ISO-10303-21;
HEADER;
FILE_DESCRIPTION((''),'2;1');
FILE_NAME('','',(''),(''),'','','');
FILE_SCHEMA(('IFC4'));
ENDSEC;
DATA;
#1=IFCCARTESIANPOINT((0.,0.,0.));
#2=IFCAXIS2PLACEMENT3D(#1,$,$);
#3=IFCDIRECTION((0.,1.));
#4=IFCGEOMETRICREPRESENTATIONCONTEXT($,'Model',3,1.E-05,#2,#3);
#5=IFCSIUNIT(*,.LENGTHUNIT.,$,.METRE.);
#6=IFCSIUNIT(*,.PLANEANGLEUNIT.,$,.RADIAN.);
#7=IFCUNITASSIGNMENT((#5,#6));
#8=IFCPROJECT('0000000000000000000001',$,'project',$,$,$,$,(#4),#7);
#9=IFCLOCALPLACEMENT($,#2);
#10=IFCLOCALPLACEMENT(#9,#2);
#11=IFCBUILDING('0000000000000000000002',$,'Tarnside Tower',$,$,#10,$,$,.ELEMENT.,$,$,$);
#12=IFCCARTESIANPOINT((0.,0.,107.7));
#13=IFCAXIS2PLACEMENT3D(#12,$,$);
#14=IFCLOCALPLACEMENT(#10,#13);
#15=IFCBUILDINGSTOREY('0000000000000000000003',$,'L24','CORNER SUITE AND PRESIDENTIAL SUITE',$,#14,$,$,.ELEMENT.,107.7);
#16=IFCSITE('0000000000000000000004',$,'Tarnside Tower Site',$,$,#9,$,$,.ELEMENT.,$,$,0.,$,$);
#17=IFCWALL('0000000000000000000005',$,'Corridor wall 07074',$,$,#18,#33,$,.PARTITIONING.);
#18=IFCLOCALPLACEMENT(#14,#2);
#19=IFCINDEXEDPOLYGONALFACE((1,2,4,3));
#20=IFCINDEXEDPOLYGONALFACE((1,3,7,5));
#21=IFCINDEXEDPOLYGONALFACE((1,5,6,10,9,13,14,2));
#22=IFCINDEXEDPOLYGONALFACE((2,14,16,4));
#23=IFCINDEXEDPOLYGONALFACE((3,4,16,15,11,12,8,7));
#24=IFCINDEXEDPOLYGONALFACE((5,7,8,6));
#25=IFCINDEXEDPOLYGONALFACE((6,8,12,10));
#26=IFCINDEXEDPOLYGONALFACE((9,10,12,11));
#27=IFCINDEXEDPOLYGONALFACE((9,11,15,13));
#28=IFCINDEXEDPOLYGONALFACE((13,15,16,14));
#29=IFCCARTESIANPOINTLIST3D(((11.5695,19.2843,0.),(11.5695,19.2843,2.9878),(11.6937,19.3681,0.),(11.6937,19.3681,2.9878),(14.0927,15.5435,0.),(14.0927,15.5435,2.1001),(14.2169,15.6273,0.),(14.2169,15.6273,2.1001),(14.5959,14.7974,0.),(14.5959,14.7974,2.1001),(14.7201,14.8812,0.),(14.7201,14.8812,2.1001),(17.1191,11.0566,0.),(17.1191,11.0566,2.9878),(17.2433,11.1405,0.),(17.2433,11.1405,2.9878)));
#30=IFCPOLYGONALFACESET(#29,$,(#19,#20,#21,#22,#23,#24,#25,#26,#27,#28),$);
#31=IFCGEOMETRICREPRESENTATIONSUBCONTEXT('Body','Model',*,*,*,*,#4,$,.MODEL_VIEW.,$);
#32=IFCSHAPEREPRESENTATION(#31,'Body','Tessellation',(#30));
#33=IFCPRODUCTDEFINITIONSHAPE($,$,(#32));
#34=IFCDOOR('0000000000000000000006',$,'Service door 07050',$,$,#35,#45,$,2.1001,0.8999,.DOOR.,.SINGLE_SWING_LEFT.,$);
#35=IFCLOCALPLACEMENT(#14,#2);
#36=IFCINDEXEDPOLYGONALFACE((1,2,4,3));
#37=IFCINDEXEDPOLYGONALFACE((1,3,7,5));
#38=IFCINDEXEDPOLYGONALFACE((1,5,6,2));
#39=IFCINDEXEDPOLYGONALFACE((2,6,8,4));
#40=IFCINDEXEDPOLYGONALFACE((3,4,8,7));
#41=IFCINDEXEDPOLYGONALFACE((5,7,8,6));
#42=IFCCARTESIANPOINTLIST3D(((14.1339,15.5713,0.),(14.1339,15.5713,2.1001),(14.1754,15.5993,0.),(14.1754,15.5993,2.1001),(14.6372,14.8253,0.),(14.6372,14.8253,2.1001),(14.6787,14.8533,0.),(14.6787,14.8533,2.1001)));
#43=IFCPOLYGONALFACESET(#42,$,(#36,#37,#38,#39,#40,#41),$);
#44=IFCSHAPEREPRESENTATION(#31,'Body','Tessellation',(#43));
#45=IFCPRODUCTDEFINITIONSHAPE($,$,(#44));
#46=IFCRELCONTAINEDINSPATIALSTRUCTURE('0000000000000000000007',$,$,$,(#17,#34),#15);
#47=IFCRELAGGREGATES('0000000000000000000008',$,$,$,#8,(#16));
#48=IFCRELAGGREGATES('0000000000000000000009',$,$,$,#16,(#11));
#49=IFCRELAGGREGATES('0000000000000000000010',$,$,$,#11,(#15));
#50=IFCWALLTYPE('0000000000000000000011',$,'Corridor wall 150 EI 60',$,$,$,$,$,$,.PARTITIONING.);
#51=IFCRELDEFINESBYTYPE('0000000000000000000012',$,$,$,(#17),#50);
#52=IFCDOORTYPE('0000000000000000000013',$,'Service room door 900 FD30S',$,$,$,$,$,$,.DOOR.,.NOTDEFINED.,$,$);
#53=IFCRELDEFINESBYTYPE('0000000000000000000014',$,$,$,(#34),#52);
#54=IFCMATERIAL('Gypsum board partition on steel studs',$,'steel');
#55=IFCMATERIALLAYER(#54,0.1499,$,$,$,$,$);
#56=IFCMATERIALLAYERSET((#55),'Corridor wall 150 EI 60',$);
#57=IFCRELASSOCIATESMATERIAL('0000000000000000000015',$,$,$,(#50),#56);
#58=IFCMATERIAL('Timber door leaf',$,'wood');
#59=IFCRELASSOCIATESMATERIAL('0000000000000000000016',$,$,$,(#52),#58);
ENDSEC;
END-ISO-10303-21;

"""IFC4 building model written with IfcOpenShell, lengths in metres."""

from ifc_helpers import new_model, si_unit, direction, frame, frame_2d, origin, place, context, subcontext, project, spatial, rectangle, extrude, material, layer, layer_set, type_object, element, fill, save


model = new_model("IFC4")

# Units and contexts
model_context = context("Model", 3, precision=1e-05, world=origin(), true_north=direction((0.0, 1.0)))
body_context = subcontext(model_context, "Body", "Model", "MODEL_VIEW")
ifc_project = project(units=[si_unit("LENGTHUNIT", "METRE"), si_unit("PLANEANGLEUNIT", "RADIAN")], contexts=[model_context])

# Site, building, storey
site_placement = place(None, origin())
site = spatial("IfcSite", under=ifc_project, at=site_placement, Name="Tarnside Tower Site", CompositionType="ELEMENT", RefElevation=0.0)
building_placement = place(site_placement, origin())
building = spatial("IfcBuilding", under=site, at=building_placement, Name="Tarnside Tower", CompositionType="ELEMENT")
storey_placement = place(building_placement, frame((0.0, 0.0, 107.7)))
storey = spatial("IfcBuildingStorey", under=building, at=storey_placement, Name="L24", Description="CORNER SUITE AND PRESIDENTIAL SUITE", CompositionType="ELEMENT", Elevation=107.7)

# Shared definitions
ifc_material_1 = material(Name="Gypsum board partition on steel studs", Category="steel")

# Shared definitions
ifc_layer_1 = layer(ifc_material_1, 0.1499)
ifc_layer_set_1 = layer_set([ifc_layer_1], Name="Corridor wall 150 EI 60")
wall_type_1 = type_object("IfcWallType", Name="Corridor wall 150 EI 60", PredefinedType="PARTITIONING", material=ifc_layer_set_1)
ifc_material_2 = material(Name="Timber door leaf", Category="wood")

# Wall, opening, door
wall_1_placement = place(storey_placement, frame((11.6316, 19.3262, 0.0), z_axis=(0.0, 0.0, 1.0), x_axis=(0.559194, -0.829037, 0.0)))
wall_1 = element("IfcWall", 1, at=wall_1_placement, inside=storey, type_object=wall_type_1, Name="Corridor wall 07074", PredefinedType="PARTITIONING", context=body_context, shape_type="SweptSolid", body=[
    extrude(rectangle(XDim=9.9243, YDim=0.1499, at=frame_2d((4.9622, 0.0))), origin(), (0.0, 0.0, 1.0), 2.9878),
])
opening_1_placement = place(wall_1_placement, frame((4.5122, 0.0, 0.0)))
opening_1 = element("IfcOpeningElement", 2, at=opening_1_placement, cuts=wall_1, PredefinedType="OPENING", context=body_context, shape_type="SweptSolid", body=[
    extrude(rectangle(XDim=0.8999, YDim=2.1001, at=frame_2d((0.45, 1.05))), frame((0.0, 0.085, 0.0), z_axis=(0.0, -1.0, 0.0), x_axis=(1.0, 0.0, 0.0)), (0.0, 0.0, 1.0), 0.1699),
])
door_type_1 = type_object("IfcDoorType", Name="Service room door 900 FD30S", OperationType="NOTDEFINED", PredefinedType="DOOR", material=ifc_material_2)
door_1_placement = place(opening_1_placement, origin())
door_1 = element("IfcDoor", 3, at=door_1_placement, inside=storey, type_object=door_type_1, Name="Service door 07050", OperationType="SINGLE_SWING_LEFT", OverallHeight=2.1001, OverallWidth=0.8999, PredefinedType="DOOR", context=body_context, shape_type="SweptSolid", body=[
    extrude(rectangle(XDim=0.8999, YDim=2.1001, at=frame_2d((0.45, 1.05))), frame((0.0, 0.0249, 0.0), z_axis=(0.0, -1.0, 0.0), x_axis=(1.0, 0.0, 0.0)), (0.0, 0.0, 1.0), 0.05),
])
fill(opening_1, door_1)

save(model, "model.ifc")
